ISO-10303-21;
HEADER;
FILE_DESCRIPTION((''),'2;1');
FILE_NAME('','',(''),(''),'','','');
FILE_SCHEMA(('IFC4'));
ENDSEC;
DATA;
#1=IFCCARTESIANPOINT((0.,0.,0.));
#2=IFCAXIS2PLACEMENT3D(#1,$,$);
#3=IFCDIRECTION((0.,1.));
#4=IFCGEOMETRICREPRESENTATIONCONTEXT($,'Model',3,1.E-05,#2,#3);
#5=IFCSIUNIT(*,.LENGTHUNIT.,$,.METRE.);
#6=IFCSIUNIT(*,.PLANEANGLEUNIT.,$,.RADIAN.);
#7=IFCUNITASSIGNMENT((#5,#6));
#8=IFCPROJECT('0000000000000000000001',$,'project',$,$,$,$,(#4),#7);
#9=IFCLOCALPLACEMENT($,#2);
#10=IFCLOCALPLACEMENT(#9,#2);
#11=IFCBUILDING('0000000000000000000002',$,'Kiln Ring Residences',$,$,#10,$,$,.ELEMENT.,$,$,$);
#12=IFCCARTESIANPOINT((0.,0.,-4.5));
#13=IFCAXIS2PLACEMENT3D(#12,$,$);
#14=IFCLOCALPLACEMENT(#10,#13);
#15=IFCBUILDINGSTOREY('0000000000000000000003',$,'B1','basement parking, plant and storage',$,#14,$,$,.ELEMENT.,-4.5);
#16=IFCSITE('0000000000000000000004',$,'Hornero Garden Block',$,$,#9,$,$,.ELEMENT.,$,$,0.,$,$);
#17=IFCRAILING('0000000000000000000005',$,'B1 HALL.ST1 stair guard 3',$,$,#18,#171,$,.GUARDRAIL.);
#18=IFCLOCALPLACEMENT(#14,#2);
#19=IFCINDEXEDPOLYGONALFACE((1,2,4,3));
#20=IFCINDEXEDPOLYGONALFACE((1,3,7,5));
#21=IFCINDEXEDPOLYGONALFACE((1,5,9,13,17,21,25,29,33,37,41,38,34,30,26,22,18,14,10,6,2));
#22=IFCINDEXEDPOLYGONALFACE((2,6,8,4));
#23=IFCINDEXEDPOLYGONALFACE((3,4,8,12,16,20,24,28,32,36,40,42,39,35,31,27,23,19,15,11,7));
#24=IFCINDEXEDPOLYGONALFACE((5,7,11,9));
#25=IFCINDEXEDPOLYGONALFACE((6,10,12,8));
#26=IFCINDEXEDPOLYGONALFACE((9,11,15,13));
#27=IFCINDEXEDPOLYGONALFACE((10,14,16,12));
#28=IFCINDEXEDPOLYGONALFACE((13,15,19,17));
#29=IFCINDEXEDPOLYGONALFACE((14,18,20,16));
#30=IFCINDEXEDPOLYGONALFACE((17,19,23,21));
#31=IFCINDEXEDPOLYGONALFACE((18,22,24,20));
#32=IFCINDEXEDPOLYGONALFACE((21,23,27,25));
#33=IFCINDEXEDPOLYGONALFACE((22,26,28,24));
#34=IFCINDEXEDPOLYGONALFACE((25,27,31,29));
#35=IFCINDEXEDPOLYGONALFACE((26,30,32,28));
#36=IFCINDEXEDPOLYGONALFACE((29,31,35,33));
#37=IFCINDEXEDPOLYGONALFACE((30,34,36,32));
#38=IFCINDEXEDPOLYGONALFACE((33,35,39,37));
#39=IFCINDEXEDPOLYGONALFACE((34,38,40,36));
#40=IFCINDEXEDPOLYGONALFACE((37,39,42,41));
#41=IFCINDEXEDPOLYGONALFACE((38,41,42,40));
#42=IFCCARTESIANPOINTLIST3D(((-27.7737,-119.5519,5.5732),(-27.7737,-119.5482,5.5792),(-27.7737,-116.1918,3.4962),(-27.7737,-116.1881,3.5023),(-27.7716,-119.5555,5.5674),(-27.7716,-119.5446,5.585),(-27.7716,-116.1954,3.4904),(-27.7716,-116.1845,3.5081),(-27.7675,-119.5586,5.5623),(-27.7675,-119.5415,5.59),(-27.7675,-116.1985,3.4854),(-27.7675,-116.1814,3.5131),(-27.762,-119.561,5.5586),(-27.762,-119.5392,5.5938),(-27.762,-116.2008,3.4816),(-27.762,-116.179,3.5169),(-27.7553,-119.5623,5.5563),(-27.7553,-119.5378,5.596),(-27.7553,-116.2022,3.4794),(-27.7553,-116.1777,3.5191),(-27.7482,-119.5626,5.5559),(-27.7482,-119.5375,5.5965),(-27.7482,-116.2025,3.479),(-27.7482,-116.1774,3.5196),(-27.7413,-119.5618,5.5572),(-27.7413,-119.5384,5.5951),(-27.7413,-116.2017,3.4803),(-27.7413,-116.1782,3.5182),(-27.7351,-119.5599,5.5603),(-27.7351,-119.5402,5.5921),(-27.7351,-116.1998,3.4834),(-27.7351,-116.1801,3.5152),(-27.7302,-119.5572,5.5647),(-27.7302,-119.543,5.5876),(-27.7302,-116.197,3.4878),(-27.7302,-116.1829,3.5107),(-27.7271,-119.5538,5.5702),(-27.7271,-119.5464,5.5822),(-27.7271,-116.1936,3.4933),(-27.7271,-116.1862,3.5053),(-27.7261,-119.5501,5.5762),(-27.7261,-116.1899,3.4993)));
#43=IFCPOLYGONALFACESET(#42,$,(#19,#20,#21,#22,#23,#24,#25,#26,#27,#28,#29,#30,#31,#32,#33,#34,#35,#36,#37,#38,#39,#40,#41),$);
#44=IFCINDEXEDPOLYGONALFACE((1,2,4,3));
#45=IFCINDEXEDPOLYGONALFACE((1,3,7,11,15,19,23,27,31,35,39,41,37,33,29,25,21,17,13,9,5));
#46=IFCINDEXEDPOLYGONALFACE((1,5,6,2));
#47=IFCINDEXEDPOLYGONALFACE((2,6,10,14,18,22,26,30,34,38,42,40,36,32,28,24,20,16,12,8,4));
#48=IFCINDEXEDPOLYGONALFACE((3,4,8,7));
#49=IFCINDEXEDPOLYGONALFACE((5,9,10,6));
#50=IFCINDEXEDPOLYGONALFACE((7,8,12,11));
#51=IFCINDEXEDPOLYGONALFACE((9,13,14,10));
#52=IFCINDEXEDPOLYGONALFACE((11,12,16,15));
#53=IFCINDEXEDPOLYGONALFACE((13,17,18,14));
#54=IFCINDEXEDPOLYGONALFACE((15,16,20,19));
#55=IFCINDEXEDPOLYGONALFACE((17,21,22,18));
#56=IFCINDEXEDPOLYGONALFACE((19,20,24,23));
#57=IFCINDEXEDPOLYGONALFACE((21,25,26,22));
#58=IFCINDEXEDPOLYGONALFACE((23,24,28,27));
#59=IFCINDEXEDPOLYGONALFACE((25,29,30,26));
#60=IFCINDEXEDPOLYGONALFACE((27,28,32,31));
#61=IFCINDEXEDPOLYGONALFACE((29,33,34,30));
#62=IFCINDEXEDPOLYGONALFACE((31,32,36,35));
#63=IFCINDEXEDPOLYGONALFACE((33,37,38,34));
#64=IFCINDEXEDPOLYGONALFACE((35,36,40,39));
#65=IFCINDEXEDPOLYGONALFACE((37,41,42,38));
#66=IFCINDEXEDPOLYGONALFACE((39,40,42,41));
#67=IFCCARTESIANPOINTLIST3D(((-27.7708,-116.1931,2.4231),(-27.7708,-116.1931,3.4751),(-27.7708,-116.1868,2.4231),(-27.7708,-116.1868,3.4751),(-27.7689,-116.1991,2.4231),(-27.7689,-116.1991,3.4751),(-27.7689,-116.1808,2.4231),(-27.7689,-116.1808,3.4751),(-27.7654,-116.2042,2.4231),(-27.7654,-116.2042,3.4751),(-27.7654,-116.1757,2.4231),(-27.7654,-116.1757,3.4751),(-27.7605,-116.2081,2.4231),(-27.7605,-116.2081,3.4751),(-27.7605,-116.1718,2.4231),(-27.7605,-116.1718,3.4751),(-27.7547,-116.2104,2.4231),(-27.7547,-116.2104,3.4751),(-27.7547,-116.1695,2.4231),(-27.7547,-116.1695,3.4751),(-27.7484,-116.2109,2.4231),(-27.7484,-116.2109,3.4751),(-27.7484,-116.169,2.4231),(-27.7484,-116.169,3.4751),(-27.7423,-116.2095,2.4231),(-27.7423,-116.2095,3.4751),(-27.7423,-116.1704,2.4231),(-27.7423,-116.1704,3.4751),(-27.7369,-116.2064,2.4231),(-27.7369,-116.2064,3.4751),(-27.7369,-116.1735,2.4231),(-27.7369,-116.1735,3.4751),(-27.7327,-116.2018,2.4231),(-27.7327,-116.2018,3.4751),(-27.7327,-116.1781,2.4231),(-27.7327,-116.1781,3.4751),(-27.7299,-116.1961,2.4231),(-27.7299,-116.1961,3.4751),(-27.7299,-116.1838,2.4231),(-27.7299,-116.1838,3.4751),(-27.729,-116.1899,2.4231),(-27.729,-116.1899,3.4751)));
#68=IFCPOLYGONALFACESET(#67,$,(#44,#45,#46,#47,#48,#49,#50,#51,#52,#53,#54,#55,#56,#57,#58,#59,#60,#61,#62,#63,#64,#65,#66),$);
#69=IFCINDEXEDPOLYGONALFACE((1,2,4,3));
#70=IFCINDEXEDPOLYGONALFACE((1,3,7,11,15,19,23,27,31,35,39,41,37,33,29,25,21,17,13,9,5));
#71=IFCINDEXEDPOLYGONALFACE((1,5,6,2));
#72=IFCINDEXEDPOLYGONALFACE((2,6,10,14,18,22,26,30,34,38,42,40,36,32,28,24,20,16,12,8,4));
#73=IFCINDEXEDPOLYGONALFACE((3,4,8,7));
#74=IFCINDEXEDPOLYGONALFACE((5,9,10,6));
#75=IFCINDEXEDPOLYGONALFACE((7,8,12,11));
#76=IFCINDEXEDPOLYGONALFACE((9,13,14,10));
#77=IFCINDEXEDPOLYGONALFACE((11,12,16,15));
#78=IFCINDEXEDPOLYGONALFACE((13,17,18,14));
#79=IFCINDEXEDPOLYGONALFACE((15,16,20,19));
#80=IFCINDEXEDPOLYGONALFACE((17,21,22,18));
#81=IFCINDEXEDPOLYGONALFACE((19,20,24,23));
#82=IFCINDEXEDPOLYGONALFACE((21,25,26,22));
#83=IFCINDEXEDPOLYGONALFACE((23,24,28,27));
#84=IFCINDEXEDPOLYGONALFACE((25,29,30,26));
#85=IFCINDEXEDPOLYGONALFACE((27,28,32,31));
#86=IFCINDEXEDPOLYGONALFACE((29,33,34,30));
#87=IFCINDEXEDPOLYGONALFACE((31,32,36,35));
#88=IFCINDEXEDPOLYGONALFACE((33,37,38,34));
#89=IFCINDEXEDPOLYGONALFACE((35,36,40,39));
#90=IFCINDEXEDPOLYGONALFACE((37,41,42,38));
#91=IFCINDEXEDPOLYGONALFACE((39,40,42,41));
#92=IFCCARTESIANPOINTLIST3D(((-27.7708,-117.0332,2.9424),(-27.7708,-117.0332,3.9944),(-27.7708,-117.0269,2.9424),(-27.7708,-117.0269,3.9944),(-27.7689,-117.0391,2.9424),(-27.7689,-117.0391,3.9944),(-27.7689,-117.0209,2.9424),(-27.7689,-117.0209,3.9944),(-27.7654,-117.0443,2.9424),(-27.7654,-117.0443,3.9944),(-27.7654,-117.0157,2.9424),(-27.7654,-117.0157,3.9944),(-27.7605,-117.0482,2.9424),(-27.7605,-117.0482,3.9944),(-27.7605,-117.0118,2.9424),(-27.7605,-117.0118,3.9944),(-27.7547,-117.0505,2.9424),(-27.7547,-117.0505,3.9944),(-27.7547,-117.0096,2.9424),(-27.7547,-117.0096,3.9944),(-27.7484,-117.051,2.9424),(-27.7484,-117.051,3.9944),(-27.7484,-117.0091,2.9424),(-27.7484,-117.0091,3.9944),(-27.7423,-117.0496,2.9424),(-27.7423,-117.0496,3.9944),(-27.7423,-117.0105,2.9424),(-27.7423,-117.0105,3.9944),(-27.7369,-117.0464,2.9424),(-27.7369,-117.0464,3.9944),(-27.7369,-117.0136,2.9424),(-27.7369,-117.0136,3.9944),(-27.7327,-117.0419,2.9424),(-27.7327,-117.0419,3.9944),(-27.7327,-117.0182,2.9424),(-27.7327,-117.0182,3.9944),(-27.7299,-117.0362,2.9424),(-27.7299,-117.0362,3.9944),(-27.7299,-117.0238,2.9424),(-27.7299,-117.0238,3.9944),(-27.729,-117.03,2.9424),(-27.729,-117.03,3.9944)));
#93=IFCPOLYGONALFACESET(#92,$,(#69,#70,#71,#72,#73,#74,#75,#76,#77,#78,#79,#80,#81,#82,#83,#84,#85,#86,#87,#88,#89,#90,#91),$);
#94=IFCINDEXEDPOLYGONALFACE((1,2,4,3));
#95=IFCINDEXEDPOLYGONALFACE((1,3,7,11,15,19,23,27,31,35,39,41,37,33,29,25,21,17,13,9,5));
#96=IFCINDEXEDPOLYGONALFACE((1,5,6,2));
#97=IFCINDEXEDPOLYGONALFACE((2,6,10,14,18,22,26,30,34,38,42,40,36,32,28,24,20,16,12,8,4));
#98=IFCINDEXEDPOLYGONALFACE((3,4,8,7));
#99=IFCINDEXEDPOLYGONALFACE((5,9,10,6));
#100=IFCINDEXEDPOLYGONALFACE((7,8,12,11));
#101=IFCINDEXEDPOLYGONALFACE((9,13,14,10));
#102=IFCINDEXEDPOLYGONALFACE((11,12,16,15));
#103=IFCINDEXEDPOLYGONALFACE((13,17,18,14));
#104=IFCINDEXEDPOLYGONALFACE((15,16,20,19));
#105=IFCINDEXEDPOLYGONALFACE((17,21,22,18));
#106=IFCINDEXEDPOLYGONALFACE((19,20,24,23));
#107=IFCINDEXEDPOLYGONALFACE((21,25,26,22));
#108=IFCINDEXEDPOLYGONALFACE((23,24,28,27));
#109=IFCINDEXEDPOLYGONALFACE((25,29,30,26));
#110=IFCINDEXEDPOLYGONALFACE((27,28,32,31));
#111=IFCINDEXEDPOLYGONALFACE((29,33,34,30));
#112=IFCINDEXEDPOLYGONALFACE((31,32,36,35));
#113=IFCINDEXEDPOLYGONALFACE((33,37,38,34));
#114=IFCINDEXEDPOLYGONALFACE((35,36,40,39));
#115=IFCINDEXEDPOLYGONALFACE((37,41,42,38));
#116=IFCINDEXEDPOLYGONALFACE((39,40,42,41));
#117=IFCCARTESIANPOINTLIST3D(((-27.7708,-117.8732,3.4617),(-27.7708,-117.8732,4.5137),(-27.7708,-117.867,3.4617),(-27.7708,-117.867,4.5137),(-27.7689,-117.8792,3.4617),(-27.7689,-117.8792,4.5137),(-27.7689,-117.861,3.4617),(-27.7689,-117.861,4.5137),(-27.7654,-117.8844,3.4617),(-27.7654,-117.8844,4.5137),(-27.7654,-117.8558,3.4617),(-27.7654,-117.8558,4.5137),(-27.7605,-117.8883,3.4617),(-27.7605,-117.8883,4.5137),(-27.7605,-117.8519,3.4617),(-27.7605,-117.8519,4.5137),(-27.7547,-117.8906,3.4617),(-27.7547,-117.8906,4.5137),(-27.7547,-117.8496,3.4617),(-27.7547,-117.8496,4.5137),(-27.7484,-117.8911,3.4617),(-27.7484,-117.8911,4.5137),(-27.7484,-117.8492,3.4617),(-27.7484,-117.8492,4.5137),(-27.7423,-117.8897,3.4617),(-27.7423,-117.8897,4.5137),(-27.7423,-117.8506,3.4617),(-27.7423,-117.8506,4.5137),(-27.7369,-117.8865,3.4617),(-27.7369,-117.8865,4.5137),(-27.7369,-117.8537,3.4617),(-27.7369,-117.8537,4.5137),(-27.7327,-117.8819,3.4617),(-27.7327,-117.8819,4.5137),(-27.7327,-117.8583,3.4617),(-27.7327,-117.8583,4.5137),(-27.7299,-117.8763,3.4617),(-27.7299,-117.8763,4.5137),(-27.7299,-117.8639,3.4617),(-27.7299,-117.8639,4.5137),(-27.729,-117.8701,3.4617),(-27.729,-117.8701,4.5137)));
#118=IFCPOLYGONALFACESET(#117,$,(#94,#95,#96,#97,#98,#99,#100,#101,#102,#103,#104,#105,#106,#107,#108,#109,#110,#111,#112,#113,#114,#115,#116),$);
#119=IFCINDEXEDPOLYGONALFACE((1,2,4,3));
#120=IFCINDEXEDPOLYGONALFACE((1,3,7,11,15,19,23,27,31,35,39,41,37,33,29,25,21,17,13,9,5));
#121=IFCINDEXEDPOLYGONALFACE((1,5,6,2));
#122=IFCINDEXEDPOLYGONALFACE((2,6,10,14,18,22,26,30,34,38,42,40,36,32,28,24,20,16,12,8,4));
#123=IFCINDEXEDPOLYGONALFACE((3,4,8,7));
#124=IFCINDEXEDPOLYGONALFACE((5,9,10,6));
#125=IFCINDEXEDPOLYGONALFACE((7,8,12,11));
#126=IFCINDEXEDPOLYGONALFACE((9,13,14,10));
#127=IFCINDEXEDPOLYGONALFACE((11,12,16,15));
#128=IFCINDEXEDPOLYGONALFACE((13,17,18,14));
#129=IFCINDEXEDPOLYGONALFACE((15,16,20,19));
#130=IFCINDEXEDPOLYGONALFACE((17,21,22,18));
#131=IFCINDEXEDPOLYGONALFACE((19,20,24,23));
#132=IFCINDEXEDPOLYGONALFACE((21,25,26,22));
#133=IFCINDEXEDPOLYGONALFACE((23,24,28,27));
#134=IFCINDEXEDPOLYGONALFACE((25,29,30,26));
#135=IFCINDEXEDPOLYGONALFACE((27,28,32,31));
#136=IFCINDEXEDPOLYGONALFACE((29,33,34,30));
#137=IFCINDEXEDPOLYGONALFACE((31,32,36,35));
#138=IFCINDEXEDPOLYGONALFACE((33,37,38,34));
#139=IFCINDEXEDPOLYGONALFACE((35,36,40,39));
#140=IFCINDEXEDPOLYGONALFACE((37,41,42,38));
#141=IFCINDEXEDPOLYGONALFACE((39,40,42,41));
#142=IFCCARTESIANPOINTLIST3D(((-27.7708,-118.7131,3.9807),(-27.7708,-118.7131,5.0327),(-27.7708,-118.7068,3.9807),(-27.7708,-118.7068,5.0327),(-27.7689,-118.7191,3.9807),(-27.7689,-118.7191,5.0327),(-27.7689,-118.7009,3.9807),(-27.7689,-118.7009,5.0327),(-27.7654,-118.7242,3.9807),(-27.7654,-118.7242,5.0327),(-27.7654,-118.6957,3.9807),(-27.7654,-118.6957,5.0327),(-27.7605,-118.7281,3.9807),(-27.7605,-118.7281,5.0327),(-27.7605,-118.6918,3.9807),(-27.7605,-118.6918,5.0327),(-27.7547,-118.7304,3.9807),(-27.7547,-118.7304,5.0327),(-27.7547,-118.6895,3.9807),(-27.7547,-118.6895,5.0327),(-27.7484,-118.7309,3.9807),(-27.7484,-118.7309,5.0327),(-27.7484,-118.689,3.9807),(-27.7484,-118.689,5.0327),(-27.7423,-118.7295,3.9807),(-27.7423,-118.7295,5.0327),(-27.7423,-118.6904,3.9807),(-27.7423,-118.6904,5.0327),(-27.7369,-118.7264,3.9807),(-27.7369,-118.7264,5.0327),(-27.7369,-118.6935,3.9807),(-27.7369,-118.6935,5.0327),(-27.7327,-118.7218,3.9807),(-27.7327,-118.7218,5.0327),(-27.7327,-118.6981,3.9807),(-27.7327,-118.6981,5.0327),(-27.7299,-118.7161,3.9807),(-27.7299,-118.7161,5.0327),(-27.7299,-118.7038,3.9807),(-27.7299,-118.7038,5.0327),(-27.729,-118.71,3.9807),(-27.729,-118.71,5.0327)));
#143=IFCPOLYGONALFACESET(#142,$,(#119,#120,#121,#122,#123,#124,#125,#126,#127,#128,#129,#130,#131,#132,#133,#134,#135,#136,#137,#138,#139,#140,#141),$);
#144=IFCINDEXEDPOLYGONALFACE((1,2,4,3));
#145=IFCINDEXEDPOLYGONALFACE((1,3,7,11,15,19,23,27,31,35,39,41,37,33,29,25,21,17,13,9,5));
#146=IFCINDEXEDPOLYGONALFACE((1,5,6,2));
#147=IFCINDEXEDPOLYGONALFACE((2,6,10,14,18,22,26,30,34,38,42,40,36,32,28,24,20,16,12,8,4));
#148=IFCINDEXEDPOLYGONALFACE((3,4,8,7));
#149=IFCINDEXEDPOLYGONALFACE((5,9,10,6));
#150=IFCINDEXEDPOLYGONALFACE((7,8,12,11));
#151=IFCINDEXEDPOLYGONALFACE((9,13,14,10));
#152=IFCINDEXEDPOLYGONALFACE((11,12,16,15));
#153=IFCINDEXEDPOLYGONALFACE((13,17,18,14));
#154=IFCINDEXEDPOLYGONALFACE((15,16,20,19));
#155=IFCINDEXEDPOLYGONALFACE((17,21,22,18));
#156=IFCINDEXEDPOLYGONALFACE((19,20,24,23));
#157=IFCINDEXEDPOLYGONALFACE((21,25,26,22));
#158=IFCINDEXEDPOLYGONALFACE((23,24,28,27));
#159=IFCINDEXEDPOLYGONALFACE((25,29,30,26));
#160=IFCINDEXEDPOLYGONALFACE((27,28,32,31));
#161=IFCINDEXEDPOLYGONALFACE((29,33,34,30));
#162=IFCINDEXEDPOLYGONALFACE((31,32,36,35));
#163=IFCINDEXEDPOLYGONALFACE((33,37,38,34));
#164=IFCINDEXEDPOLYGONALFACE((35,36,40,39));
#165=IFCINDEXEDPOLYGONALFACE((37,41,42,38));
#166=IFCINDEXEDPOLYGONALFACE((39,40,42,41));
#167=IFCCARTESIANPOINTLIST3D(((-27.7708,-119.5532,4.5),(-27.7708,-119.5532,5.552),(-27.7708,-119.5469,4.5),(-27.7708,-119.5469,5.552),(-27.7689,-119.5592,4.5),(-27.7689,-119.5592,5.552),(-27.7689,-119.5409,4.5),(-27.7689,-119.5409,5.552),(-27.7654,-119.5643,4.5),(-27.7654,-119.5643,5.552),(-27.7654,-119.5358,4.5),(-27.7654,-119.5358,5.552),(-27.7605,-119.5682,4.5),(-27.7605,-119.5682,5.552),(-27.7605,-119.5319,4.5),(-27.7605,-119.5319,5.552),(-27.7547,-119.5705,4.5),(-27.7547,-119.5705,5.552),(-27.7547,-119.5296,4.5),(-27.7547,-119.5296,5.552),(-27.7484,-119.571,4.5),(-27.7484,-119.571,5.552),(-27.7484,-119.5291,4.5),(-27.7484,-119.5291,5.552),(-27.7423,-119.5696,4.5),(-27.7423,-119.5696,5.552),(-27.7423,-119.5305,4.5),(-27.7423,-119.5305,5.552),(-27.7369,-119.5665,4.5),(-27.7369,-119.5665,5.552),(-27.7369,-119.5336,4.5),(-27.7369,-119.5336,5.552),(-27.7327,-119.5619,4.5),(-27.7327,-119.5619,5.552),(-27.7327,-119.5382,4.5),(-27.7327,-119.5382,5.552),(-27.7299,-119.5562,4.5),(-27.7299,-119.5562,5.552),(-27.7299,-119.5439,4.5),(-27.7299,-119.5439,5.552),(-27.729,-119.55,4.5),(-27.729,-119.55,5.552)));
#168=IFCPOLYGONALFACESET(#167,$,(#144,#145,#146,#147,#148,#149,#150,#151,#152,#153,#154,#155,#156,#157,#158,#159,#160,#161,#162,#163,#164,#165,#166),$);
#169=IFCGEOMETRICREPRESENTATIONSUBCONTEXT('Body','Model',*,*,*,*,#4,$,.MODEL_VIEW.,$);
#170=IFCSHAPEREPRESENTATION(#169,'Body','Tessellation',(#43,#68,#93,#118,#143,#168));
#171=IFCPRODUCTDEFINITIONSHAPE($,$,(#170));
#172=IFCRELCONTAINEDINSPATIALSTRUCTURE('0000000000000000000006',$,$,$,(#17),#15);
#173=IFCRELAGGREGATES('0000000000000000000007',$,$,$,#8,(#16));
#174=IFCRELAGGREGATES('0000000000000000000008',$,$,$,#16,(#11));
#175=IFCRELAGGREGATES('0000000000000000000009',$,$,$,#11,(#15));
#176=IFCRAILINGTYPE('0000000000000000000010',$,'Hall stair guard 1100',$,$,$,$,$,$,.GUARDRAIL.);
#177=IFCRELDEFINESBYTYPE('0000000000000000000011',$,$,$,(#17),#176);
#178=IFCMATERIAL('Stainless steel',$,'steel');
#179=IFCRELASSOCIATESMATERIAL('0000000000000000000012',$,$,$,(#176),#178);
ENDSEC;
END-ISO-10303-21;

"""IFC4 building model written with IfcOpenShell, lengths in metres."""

from ifc_helpers import new_model, si_unit, direction, frame, origin, origin_2d, place, context, subcontext, project, spatial, circle, extrude, material, type_object, element, save


model = new_model("IFC4")

# Units and contexts
model_context = context("Model", 3, precision=1e-05, world=origin(), true_north=direction((0.0, 1.0)))
body_context = subcontext(model_context, "Body", "Model", "MODEL_VIEW")
ifc_project = project(units=[si_unit("LENGTHUNIT", "METRE"), si_unit("PLANEANGLEUNIT", "RADIAN")], contexts=[model_context])

# Site, building, storey
site_placement = place(None, origin())
site = spatial("IfcSite", under=ifc_project, at=site_placement, Name="Hornero Garden Block", CompositionType="ELEMENT", RefElevation=0.0)
building_placement = place(site_placement, origin())
building = spatial("IfcBuilding", under=site, at=building_placement, Name="Kiln Ring Residences", CompositionType="ELEMENT")
storey_placement = place(building_placement, frame((0.0, 0.0, -4.5)))
storey = spatial("IfcBuildingStorey", under=building, at=storey_placement, Name="B1", Description="basement parking, plant and storage", CompositionType="ELEMENT", Elevation=-4.5)

# Railing
ifc_material_1 = material(Name="Stainless steel", Category="steel")
railing_type_1 = type_object("IfcRailingType", Name="Hall stair guard 1100", PredefinedType="GUARDRAIL", material=ifc_material_1)
railing_1_placement = place(storey_placement, frame((-27.75, -116.1899, 2.4231)))
element("IfcRailing", 1, at=railing_1_placement, inside=storey, type_object=railing_type_1, Name="B1 HALL.ST1 stair guard 3", PredefinedType="GUARDRAIL", context=body_context, shape_type="SweptSolid", body=[
    extrude(circle(Radius=0.0239, at=origin_2d()), frame((0.0, 0.0, 1.0762), z_axis=(0.0, -0.850623, 0.525776), x_axis=(1.0, 0.0, 0.0)), (0.0, 0.0, 1.0), 3.9502),
    extrude(circle(Radius=0.021, at=origin_2d()), origin(), (0.0, 0.0, 1.0), 1.052),
    extrude(circle(Radius=0.021, at=origin_2d()), frame((0.0, -0.8401, 0.5193)), (0.0, 0.0, 1.0), 1.052),
    extrude(circle(Radius=0.021, at=origin_2d()), frame((0.0, -1.6802, 1.0386)), (0.0, 0.0, 1.0), 1.052),
    extrude(circle(Radius=0.021, at=origin_2d()), frame((0.0, -2.52, 1.5576)), (0.0, 0.0, 1.0), 1.052),
    extrude(circle(Radius=0.021, at=origin_2d()), frame((0.0, -3.3601, 2.0769)), (0.0, 0.0, 1.0), 1.052),
])

save(model, "model.ifc")
